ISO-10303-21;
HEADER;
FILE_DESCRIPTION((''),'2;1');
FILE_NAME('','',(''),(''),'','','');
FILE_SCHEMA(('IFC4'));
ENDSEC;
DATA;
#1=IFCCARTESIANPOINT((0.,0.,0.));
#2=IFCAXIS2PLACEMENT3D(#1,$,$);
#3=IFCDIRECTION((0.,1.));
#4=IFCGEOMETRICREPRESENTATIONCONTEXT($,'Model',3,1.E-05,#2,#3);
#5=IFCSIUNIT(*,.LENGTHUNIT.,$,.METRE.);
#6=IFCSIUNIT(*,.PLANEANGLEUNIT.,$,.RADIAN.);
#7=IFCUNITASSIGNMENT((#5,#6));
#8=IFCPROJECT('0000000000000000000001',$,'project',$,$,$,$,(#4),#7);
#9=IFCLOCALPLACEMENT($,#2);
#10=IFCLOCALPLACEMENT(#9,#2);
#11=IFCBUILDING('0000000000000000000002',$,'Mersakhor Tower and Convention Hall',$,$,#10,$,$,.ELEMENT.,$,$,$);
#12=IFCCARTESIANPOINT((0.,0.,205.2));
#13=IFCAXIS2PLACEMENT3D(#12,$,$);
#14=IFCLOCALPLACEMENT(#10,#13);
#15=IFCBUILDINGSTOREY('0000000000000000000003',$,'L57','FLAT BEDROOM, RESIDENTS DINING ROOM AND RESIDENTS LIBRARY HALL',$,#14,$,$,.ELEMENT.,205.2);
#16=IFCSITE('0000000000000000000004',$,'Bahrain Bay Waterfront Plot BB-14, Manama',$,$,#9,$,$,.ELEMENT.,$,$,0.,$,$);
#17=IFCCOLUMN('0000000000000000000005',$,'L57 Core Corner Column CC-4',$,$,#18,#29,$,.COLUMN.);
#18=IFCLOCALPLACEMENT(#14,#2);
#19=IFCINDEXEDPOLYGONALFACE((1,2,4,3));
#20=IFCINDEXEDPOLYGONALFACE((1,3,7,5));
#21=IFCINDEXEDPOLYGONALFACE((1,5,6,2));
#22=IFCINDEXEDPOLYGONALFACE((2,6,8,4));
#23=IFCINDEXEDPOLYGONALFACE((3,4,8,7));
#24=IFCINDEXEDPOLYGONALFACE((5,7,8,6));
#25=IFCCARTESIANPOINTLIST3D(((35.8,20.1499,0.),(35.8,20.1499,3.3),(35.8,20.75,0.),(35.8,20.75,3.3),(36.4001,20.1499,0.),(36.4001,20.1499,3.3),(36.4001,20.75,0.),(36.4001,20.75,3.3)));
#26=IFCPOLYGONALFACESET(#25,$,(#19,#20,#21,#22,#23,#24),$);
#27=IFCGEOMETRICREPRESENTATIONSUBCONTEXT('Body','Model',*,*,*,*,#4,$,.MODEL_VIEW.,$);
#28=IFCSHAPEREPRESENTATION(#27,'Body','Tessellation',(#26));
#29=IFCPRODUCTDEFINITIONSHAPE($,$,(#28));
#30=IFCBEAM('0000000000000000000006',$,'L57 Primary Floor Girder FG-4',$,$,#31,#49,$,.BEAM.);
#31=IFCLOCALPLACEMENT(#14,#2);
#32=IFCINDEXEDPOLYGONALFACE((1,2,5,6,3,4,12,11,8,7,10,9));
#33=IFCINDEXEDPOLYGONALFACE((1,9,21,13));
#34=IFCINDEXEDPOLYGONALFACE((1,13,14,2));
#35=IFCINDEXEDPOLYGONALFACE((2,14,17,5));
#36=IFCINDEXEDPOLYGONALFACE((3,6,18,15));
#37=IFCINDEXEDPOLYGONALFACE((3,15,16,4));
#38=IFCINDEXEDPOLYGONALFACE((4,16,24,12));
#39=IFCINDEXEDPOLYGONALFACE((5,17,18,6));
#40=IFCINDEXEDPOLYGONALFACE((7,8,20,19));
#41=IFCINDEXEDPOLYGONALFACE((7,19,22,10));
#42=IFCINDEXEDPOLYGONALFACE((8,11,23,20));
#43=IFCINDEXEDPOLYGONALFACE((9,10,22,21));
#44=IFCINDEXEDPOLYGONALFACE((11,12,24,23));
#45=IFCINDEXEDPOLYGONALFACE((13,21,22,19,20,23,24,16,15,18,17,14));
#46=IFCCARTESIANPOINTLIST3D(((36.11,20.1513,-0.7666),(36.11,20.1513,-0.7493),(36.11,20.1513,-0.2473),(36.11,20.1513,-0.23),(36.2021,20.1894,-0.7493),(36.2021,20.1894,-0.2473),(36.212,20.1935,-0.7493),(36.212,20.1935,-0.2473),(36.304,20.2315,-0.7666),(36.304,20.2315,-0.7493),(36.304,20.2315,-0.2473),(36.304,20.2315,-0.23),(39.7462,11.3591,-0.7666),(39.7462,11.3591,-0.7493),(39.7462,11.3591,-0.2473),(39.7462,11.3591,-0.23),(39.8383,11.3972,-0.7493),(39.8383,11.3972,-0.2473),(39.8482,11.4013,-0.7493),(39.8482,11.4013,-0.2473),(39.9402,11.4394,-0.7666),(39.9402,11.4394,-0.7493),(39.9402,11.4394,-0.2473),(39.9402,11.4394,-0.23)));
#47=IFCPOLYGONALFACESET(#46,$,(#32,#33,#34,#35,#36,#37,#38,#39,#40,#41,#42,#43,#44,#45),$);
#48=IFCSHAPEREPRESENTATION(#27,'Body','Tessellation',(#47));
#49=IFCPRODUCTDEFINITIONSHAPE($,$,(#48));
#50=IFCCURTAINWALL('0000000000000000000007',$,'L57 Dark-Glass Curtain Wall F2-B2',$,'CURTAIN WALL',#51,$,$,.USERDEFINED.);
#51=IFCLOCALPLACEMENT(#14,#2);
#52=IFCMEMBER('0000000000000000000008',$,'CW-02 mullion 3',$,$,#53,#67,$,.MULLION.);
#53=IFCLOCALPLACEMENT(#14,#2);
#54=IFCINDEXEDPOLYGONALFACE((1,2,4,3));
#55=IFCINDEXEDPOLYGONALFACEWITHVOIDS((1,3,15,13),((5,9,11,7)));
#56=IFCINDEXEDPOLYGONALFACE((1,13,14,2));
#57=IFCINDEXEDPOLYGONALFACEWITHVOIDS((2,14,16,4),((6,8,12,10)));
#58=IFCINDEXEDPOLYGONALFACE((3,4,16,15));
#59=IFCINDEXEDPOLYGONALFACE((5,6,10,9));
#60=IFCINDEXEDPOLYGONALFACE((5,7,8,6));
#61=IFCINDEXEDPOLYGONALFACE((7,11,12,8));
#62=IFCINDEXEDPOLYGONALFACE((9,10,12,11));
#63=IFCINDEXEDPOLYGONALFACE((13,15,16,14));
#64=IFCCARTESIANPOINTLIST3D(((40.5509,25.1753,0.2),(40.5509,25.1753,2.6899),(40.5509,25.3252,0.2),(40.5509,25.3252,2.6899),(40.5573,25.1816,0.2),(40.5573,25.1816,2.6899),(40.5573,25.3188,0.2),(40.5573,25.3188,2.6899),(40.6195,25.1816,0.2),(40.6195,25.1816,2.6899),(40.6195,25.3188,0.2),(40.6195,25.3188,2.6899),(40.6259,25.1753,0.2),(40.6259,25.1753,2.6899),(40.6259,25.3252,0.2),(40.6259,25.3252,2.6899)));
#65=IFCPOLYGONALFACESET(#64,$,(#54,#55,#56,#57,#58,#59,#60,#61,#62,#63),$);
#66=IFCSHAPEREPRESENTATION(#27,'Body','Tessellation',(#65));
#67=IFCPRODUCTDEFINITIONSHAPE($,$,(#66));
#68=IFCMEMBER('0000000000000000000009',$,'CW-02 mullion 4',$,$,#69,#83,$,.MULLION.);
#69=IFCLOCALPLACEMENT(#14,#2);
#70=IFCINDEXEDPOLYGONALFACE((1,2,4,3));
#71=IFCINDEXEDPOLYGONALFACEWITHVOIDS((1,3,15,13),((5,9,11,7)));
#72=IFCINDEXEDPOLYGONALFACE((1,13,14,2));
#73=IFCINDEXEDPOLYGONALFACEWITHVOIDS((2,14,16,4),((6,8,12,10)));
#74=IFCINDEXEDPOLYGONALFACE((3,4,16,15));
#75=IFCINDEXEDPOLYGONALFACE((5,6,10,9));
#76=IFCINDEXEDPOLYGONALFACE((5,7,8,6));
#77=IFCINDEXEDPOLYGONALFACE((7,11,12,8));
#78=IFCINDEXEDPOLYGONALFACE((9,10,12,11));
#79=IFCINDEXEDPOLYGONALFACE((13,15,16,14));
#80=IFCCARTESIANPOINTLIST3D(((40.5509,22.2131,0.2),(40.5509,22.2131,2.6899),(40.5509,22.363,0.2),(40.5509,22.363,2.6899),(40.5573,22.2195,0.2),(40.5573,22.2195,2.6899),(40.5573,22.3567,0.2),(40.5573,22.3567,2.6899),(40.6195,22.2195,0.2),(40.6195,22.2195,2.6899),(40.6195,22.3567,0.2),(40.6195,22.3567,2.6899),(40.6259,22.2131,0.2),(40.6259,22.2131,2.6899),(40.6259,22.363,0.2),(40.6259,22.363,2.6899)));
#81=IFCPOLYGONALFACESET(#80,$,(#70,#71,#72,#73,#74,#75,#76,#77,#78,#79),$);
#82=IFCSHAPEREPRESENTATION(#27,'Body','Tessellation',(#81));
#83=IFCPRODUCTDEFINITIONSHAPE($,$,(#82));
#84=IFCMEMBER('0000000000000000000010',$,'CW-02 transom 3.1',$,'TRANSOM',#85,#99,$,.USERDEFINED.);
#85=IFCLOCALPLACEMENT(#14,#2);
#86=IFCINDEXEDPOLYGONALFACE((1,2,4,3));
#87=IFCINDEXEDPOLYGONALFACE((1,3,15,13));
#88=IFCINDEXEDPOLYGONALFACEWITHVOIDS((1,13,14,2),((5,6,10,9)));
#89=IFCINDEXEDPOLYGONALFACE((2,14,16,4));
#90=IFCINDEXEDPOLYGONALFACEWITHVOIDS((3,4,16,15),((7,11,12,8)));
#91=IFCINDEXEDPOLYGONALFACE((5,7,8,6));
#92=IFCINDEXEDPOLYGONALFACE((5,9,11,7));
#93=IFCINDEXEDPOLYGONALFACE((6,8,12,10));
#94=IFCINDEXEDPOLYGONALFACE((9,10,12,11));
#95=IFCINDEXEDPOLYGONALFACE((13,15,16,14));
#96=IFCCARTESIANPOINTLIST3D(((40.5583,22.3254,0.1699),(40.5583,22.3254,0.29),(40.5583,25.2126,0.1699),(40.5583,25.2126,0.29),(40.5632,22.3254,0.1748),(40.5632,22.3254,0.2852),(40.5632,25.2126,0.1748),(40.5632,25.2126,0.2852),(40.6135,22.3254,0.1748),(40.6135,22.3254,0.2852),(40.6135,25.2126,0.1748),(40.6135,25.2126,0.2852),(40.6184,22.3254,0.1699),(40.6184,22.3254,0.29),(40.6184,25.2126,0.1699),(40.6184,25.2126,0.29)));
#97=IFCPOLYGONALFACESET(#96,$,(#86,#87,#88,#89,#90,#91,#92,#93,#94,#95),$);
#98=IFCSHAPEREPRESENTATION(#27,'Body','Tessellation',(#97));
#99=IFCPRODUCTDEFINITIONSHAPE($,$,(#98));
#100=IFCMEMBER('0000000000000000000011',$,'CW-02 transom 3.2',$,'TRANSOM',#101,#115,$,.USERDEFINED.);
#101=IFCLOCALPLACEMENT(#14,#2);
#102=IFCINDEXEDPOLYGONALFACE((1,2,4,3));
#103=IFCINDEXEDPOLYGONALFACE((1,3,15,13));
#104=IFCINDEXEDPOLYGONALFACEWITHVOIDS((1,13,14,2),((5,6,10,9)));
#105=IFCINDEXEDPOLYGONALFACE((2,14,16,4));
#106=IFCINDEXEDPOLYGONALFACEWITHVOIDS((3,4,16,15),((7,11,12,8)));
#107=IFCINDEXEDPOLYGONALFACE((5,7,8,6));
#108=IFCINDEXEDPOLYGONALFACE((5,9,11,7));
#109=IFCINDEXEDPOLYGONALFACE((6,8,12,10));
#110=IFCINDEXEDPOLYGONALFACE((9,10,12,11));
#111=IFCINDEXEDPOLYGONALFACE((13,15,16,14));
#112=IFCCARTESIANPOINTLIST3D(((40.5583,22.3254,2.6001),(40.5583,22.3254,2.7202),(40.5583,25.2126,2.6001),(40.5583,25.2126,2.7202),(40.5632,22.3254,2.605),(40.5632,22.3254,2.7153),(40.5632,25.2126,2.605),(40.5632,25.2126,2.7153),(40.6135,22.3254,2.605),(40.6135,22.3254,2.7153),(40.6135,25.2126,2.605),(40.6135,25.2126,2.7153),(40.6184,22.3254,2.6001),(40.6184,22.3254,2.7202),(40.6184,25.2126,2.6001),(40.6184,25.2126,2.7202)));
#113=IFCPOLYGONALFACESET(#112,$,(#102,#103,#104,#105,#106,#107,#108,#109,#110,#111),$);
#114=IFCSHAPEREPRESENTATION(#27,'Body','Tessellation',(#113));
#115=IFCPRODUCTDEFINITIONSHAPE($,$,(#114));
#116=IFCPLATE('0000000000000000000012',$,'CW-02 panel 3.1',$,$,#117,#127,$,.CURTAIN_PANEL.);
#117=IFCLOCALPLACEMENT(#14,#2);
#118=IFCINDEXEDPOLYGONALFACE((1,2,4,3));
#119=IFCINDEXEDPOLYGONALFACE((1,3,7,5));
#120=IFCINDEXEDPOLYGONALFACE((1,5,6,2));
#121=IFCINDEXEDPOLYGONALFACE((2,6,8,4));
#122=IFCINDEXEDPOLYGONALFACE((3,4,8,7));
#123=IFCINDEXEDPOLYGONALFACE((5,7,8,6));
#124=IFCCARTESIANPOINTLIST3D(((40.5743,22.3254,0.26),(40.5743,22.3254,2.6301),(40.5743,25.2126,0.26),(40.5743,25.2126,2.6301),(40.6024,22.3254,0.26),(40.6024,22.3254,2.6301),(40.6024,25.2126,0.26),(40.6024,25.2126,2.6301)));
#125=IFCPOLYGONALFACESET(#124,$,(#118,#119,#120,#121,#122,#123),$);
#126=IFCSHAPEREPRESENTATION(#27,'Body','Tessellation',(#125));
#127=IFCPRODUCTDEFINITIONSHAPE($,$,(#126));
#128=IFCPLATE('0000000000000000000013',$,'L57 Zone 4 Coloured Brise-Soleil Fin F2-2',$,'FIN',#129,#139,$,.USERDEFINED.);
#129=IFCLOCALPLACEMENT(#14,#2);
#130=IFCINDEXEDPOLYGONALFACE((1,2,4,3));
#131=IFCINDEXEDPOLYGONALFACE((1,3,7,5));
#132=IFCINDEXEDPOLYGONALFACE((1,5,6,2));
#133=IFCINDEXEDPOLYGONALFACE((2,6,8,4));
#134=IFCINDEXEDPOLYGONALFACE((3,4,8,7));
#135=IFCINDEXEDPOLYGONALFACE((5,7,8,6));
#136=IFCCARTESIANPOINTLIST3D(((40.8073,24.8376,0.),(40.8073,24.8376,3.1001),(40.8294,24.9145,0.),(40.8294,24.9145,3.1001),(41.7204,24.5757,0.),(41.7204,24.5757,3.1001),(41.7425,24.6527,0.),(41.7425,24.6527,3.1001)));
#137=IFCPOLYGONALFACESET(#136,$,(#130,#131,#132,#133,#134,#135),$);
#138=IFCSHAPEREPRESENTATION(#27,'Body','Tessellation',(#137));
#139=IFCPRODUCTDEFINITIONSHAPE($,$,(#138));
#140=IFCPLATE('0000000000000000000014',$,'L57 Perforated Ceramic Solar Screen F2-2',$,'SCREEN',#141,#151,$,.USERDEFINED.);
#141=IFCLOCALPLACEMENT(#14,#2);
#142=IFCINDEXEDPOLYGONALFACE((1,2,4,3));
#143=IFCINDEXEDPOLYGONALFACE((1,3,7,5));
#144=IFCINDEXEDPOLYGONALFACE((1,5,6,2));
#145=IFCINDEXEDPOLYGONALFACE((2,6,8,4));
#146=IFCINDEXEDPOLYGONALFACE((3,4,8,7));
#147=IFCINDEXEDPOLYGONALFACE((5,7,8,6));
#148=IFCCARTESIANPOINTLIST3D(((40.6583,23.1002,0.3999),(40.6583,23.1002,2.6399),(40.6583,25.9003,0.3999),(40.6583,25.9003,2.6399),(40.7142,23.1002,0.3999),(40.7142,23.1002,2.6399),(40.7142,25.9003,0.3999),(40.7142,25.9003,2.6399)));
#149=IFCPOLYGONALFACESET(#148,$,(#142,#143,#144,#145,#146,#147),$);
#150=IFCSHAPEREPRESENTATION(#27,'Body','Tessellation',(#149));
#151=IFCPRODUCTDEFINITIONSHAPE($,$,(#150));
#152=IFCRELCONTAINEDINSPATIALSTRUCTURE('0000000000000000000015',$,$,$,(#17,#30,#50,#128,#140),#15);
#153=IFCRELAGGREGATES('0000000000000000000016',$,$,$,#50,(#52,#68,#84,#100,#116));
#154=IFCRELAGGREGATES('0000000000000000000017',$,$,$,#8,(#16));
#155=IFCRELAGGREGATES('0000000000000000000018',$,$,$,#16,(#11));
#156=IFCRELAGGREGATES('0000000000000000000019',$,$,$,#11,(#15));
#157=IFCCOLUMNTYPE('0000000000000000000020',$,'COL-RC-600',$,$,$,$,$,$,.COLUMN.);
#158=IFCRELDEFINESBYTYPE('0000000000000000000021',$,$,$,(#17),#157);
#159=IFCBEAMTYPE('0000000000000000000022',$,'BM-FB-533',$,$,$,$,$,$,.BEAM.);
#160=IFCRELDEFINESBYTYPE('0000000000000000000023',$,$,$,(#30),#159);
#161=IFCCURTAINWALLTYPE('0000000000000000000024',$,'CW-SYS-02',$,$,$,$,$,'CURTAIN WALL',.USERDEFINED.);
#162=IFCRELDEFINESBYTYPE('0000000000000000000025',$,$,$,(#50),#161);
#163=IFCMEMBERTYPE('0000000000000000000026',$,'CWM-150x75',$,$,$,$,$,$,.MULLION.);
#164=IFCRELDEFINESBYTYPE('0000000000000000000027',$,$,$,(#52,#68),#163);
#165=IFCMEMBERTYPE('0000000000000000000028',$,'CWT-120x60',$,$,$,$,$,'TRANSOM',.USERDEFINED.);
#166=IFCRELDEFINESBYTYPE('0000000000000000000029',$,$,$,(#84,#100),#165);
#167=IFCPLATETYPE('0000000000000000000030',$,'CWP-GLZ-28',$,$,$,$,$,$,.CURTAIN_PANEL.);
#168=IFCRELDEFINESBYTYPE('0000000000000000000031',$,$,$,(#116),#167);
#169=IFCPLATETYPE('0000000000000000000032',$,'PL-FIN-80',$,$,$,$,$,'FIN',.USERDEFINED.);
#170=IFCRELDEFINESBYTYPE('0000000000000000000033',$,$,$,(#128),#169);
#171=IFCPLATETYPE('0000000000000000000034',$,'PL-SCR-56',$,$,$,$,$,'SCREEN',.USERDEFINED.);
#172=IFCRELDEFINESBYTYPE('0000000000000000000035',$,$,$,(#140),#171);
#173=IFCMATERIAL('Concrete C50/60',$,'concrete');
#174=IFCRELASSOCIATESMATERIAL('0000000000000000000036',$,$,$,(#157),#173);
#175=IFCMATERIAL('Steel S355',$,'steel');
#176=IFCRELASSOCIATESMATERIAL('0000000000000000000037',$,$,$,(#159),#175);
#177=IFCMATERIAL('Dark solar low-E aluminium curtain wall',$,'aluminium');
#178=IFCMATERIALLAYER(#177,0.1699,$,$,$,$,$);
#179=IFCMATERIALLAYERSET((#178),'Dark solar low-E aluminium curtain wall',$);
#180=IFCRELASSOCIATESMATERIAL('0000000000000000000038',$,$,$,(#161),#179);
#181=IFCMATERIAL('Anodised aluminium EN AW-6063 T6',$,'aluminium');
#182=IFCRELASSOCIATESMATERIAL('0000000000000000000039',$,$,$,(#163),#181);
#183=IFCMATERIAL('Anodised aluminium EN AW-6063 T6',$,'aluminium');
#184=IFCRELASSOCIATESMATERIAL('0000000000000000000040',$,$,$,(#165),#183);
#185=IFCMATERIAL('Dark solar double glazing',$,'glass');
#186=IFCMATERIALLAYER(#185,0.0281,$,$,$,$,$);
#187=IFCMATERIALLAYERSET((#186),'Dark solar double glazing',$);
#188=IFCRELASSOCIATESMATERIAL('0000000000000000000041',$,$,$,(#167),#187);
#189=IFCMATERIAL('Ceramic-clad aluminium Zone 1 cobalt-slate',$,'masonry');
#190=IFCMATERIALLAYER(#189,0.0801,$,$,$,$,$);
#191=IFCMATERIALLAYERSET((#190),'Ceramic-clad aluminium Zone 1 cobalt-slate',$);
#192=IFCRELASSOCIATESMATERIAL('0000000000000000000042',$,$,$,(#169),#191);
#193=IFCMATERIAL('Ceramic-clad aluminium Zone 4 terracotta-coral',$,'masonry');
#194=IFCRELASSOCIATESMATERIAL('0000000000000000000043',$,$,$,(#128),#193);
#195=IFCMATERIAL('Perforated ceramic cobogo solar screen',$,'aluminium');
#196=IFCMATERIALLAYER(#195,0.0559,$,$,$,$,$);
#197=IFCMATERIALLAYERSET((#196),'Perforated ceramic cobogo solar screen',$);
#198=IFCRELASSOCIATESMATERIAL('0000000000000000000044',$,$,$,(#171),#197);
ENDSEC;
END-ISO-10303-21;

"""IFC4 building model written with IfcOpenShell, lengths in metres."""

from ifc_helpers import new_model, si_unit, direction, frame, origin, origin_2d, place, context, subcontext, project, spatial, rectangle, hollow_rectangle, i_section, extrude, material, layer, layer_set, material_profile, profile_set, type_object, element, aggregate, save


model = new_model("IFC4")

# Units and contexts
model_context = context("Model", 3, precision=1e-05, world=origin(), true_north=direction((0.0, 1.0)))
body_context = subcontext(model_context, "Body", "Model", "MODEL_VIEW")
ifc_project = project(units=[si_unit("LENGTHUNIT", "METRE"), si_unit("PLANEANGLEUNIT", "RADIAN")], contexts=[model_context])

# Site, building, storey
site_placement = place(None, origin())
site = spatial("IfcSite", under=ifc_project, at=site_placement, Name="Bahrain Bay Waterfront Plot BB-14, Manama", CompositionType="ELEMENT", RefElevation=0.0)
building_placement = place(site_placement, origin())
building = spatial("IfcBuilding", under=site, at=building_placement, Name="Mersakhor Tower and Convention Hall", CompositionType="ELEMENT")
storey_placement = place(building_placement, frame((0.0, 0.0, 205.2)))
storey = spatial("IfcBuildingStorey", under=building, at=storey_placement, Name="L57", Description="FLAT BEDROOM, RESIDENTS DINING ROOM AND RESIDENTS LIBRARY HALL", CompositionType="ELEMENT", Elevation=205.2)

# Column
ifc_material_1 = material(Name="Concrete C50/60", Category="concrete")
ifc_material_profile_1 = material_profile(ifc_material_1, rectangle(XDim=0.6001, YDim=0.6001, at=origin_2d()), Name="RC 600x600")
ifc_profile_set_1 = profile_set([ifc_material_profile_1], Name="Concrete C50/60")
column_type = type_object("IfcColumnType", Name="COL-RC-600", PredefinedType="COLUMN", material=ifc_profile_set_1)
column_placement = place(storey_placement, frame((36.1001, 20.45, 0.0), z_axis=(0.0, 0.0, 1.0), x_axis=(1.0, 0.0, 0.0)))
element("IfcColumn", 1, at=column_placement, inside=storey, type_object=column_type, Name="L57 Core Corner Column CC-4", PredefinedType="COLUMN", context=body_context, shape_type="SweptSolid", body=[
    extrude(rectangle(XDim=0.6001, YDim=0.6001, at=origin_2d()), origin(), (0.0, 0.0, 1.0), 3.3),
])

# Beam
ifc_material_2 = material(Name="Steel S355", Category="steel")
ifc_material_profile_2 = material_profile(ifc_material_2, i_section(OverallWidth=0.21, OverallDepth=0.5366, WebThickness=0.0107, FlangeThickness=0.0173, at=origin_2d()), Name="UB 533x210x101")
ifc_profile_set_2 = profile_set([ifc_material_profile_2], Name="Steel S355")
beam_type = type_object("IfcBeamType", Name="BM-FB-533", PredefinedType="BEAM", material=ifc_profile_set_2)
beam_placement = place(storey_placement, frame((36.207, 20.1914, -0.4983), z_axis=(0.382178, -0.924089, 0.0), x_axis=(0.924089, 0.382178, 0.0)))
element("IfcBeam", 2, at=beam_placement, inside=storey, type_object=beam_type, Name="L57 Primary Floor Girder FG-4", PredefinedType="BEAM", context=body_context, shape_type="SweptSolid", body=[
    extrude(i_section(OverallWidth=0.21, OverallDepth=0.5366, WebThickness=0.0107, FlangeThickness=0.0173, at=origin_2d()), origin(), (0.0, 0.0, 1.0), 9.5144),
])

# Curtain wall, members, plate
ifc_material_3 = material(Name="Dark solar low-E aluminium curtain wall", Category="aluminium")
ifc_layer_1 = layer(ifc_material_3, 0.1699)
ifc_layer_set_1 = layer_set([ifc_layer_1], Name="Dark solar low-E aluminium curtain wall")
curtain_wall_type = type_object("IfcCurtainWallType", Name="CW-SYS-02", ElementType="CURTAIN WALL", PredefinedType="USERDEFINED", material=ifc_layer_set_1)
curtain_wall_placement = place(storey_placement, origin())
curtain_wall = element("IfcCurtainWall", 3, at=curtain_wall_placement, inside=storey, type_object=curtain_wall_type, Name="L57 Dark-Glass Curtain Wall F2-B2", ObjectType="CURTAIN WALL", PredefinedType="USERDEFINED")
ifc_material_4 = material(Name="Anodised aluminium EN AW-6063 T6", Category="aluminium")
ifc_material_profile_3 = material_profile(ifc_material_4, hollow_rectangle(XDim=0.075, YDim=0.1499, WallThickness=0.0063, at=origin_2d()), Name="RHS 150x75x6.3")
ifc_profile_set_3 = profile_set([ifc_material_profile_3], Name="Anodised aluminium EN AW-6063 T6")
member_type_1 = type_object("IfcMemberType", Name="CWM-150x75", PredefinedType="MULLION", material=ifc_profile_set_3)
member_1_placement = place(storey_placement, frame((40.5884, 25.2502, 0.2), z_axis=(0.0, 0.0, 1.0), x_axis=(1.0, 0.0, 0.0)))
member_1 = element("IfcMember", 4, at=member_1_placement, type_object=member_type_1, Name="CW-02 mullion 3", PredefinedType="MULLION", context=body_context, shape_type="SweptSolid", body=[
    extrude(hollow_rectangle(XDim=0.075, YDim=0.1499, WallThickness=0.0063, at=origin_2d()), origin(), (0.0, 0.0, 1.0), 2.49),
])
member_2_placement = place(storey_placement, frame((40.5884, 22.2881, 0.2), z_axis=(0.0, 0.0, 1.0), x_axis=(1.0, 0.0, 0.0)))
member_2 = element("IfcMember", 5, at=member_2_placement, type_object=member_type_1, Name="CW-02 mullion 4", PredefinedType="MULLION", context=body_context, shape_type="SweptSolid", body=[
    extrude(hollow_rectangle(XDim=0.075, YDim=0.1499, WallThickness=0.0063, at=origin_2d()), origin(), (0.0, 0.0, 1.0), 2.49),
])
ifc_material_5 = material(Name="Anodised aluminium EN AW-6063 T6", Category="aluminium")
ifc_material_profile_4 = material_profile(ifc_material_5, hollow_rectangle(XDim=0.0601, YDim=0.1201, WallThickness=0.0049, at=origin_2d()), Name="RHS 120x60x5")
ifc_profile_set_4 = profile_set([ifc_material_profile_4], Name="Anodised aluminium EN AW-6063 T6")
member_type_2 = type_object("IfcMemberType", Name="CWT-120x60", ElementType="TRANSOM", PredefinedType="USERDEFINED", material=ifc_profile_set_4)
member_3_placement = place(storey_placement, frame((40.5884, 25.2126, 0.23), z_axis=(0.0, -1.0, 0.0), x_axis=(1.0, 0.0, 0.0)))
member_3 = element("IfcMember", 6, at=member_3_placement, type_object=member_type_2, Name="CW-02 transom 3.1", ObjectType="TRANSOM", PredefinedType="USERDEFINED", context=body_context, shape_type="SweptSolid", body=[
    extrude(hollow_rectangle(XDim=0.0601, YDim=0.1201, WallThickness=0.0049, at=origin_2d()), origin(), (0.0, 0.0, 1.0), 2.8872),
])
member_4_placement = place(storey_placement, frame((40.5884, 25.2126, 2.6602), z_axis=(0.0, -1.0, 0.0), x_axis=(1.0, 0.0, 0.0)))
member_4 = element("IfcMember", 7, at=member_4_placement, type_object=member_type_2, Name="CW-02 transom 3.2", ObjectType="TRANSOM", PredefinedType="USERDEFINED", context=body_context, shape_type="SweptSolid", body=[
    extrude(hollow_rectangle(XDim=0.0601, YDim=0.1201, WallThickness=0.0049, at=origin_2d()), origin(), (0.0, 0.0, 1.0), 2.8872),
])
ifc_material_6 = material(Name="Dark solar double glazing", Category="glass")
ifc_layer_2 = layer(ifc_material_6, 0.0281)
ifc_layer_set_2 = layer_set([ifc_layer_2], Name="Dark solar double glazing")
plate_type_1 = type_object("IfcPlateType", Name="CWP-GLZ-28", PredefinedType="CURTAIN_PANEL", material=ifc_layer_set_2)
plate_1_placement = place(storey_placement, frame((40.5884, 23.769, 0.26), z_axis=(0.0, 0.0, 1.0), x_axis=(0.0, -1.0, 0.0)))
plate_1 = element("IfcPlate", 8, at=plate_1_placement, type_object=plate_type_1, Name="CW-02 panel 3.1", PredefinedType="CURTAIN_PANEL", context=body_context, shape_type="SweptSolid", body=[
    extrude(rectangle(XDim=2.8872, YDim=0.0281, at=origin_2d()), origin(), (0.0, 0.0, 1.0), 2.3701),
])
aggregate(curtain_wall, [member_1, member_2, member_3, member_4, plate_1])

# Plates
ifc_material_7 = material(Name="Ceramic-clad aluminium Zone 4 terracotta-coral", Category="masonry")
ifc_material_8 = material(Name="Ceramic-clad aluminium Zone 1 cobalt-slate", Category="masonry")
ifc_layer_3 = layer(ifc_material_8, 0.0801)
ifc_layer_set_3 = layer_set([ifc_layer_3], Name="Ceramic-clad aluminium Zone 1 cobalt-slate")
plate_type_2 = type_object("IfcPlateType", Name="PL-FIN-80", ElementType="FIN", PredefinedType="USERDEFINED", material=ifc_layer_set_3)
plate_2_placement = place(storey_placement, frame((41.2749, 24.7451, 0.0), z_axis=(0.0, 0.0, 1.0), x_axis=(0.961262, -0.275637, 0.0)))
element("IfcPlate", 9, at=plate_2_placement, inside=storey, type_object=plate_type_2, material=ifc_material_7, Name="L57 Zone 4 Coloured Brise-Soleil Fin F2-2", ObjectType="FIN", PredefinedType="USERDEFINED", context=body_context, shape_type="SweptSolid", body=[
    extrude(rectangle(XDim=0.95, YDim=0.0801, at=origin_2d()), origin(), (0.0, 0.0, 1.0), 3.1001),
])
ifc_material_9 = material(Name="Perforated ceramic cobogo solar screen", Category="aluminium")
ifc_layer_4 = layer(ifc_material_9, 0.0559)
ifc_layer_set_4 = layer_set([ifc_layer_4], Name="Perforated ceramic cobogo solar screen")
plate_type_3 = type_object("IfcPlateType", Name="PL-SCR-56", ElementType="SCREEN", PredefinedType="USERDEFINED", material=ifc_layer_set_4)
plate_3_placement = place(storey_placement, frame((40.6863, 24.5002, 0.3999), z_axis=(0.0, 0.0, 1.0), x_axis=(0.0, -1.0, 0.0)))
element("IfcPlate", 10, at=plate_3_placement, inside=storey, type_object=plate_type_3, Name="L57 Perforated Ceramic Solar Screen F2-2", ObjectType="SCREEN", PredefinedType="USERDEFINED", context=body_context, shape_type="SweptSolid", body=[
    extrude(rectangle(XDim=2.8, YDim=0.0559, at=origin_2d()), origin(), (0.0, 0.0, 1.0), 2.24),
])

save(model, "model.ifc")
